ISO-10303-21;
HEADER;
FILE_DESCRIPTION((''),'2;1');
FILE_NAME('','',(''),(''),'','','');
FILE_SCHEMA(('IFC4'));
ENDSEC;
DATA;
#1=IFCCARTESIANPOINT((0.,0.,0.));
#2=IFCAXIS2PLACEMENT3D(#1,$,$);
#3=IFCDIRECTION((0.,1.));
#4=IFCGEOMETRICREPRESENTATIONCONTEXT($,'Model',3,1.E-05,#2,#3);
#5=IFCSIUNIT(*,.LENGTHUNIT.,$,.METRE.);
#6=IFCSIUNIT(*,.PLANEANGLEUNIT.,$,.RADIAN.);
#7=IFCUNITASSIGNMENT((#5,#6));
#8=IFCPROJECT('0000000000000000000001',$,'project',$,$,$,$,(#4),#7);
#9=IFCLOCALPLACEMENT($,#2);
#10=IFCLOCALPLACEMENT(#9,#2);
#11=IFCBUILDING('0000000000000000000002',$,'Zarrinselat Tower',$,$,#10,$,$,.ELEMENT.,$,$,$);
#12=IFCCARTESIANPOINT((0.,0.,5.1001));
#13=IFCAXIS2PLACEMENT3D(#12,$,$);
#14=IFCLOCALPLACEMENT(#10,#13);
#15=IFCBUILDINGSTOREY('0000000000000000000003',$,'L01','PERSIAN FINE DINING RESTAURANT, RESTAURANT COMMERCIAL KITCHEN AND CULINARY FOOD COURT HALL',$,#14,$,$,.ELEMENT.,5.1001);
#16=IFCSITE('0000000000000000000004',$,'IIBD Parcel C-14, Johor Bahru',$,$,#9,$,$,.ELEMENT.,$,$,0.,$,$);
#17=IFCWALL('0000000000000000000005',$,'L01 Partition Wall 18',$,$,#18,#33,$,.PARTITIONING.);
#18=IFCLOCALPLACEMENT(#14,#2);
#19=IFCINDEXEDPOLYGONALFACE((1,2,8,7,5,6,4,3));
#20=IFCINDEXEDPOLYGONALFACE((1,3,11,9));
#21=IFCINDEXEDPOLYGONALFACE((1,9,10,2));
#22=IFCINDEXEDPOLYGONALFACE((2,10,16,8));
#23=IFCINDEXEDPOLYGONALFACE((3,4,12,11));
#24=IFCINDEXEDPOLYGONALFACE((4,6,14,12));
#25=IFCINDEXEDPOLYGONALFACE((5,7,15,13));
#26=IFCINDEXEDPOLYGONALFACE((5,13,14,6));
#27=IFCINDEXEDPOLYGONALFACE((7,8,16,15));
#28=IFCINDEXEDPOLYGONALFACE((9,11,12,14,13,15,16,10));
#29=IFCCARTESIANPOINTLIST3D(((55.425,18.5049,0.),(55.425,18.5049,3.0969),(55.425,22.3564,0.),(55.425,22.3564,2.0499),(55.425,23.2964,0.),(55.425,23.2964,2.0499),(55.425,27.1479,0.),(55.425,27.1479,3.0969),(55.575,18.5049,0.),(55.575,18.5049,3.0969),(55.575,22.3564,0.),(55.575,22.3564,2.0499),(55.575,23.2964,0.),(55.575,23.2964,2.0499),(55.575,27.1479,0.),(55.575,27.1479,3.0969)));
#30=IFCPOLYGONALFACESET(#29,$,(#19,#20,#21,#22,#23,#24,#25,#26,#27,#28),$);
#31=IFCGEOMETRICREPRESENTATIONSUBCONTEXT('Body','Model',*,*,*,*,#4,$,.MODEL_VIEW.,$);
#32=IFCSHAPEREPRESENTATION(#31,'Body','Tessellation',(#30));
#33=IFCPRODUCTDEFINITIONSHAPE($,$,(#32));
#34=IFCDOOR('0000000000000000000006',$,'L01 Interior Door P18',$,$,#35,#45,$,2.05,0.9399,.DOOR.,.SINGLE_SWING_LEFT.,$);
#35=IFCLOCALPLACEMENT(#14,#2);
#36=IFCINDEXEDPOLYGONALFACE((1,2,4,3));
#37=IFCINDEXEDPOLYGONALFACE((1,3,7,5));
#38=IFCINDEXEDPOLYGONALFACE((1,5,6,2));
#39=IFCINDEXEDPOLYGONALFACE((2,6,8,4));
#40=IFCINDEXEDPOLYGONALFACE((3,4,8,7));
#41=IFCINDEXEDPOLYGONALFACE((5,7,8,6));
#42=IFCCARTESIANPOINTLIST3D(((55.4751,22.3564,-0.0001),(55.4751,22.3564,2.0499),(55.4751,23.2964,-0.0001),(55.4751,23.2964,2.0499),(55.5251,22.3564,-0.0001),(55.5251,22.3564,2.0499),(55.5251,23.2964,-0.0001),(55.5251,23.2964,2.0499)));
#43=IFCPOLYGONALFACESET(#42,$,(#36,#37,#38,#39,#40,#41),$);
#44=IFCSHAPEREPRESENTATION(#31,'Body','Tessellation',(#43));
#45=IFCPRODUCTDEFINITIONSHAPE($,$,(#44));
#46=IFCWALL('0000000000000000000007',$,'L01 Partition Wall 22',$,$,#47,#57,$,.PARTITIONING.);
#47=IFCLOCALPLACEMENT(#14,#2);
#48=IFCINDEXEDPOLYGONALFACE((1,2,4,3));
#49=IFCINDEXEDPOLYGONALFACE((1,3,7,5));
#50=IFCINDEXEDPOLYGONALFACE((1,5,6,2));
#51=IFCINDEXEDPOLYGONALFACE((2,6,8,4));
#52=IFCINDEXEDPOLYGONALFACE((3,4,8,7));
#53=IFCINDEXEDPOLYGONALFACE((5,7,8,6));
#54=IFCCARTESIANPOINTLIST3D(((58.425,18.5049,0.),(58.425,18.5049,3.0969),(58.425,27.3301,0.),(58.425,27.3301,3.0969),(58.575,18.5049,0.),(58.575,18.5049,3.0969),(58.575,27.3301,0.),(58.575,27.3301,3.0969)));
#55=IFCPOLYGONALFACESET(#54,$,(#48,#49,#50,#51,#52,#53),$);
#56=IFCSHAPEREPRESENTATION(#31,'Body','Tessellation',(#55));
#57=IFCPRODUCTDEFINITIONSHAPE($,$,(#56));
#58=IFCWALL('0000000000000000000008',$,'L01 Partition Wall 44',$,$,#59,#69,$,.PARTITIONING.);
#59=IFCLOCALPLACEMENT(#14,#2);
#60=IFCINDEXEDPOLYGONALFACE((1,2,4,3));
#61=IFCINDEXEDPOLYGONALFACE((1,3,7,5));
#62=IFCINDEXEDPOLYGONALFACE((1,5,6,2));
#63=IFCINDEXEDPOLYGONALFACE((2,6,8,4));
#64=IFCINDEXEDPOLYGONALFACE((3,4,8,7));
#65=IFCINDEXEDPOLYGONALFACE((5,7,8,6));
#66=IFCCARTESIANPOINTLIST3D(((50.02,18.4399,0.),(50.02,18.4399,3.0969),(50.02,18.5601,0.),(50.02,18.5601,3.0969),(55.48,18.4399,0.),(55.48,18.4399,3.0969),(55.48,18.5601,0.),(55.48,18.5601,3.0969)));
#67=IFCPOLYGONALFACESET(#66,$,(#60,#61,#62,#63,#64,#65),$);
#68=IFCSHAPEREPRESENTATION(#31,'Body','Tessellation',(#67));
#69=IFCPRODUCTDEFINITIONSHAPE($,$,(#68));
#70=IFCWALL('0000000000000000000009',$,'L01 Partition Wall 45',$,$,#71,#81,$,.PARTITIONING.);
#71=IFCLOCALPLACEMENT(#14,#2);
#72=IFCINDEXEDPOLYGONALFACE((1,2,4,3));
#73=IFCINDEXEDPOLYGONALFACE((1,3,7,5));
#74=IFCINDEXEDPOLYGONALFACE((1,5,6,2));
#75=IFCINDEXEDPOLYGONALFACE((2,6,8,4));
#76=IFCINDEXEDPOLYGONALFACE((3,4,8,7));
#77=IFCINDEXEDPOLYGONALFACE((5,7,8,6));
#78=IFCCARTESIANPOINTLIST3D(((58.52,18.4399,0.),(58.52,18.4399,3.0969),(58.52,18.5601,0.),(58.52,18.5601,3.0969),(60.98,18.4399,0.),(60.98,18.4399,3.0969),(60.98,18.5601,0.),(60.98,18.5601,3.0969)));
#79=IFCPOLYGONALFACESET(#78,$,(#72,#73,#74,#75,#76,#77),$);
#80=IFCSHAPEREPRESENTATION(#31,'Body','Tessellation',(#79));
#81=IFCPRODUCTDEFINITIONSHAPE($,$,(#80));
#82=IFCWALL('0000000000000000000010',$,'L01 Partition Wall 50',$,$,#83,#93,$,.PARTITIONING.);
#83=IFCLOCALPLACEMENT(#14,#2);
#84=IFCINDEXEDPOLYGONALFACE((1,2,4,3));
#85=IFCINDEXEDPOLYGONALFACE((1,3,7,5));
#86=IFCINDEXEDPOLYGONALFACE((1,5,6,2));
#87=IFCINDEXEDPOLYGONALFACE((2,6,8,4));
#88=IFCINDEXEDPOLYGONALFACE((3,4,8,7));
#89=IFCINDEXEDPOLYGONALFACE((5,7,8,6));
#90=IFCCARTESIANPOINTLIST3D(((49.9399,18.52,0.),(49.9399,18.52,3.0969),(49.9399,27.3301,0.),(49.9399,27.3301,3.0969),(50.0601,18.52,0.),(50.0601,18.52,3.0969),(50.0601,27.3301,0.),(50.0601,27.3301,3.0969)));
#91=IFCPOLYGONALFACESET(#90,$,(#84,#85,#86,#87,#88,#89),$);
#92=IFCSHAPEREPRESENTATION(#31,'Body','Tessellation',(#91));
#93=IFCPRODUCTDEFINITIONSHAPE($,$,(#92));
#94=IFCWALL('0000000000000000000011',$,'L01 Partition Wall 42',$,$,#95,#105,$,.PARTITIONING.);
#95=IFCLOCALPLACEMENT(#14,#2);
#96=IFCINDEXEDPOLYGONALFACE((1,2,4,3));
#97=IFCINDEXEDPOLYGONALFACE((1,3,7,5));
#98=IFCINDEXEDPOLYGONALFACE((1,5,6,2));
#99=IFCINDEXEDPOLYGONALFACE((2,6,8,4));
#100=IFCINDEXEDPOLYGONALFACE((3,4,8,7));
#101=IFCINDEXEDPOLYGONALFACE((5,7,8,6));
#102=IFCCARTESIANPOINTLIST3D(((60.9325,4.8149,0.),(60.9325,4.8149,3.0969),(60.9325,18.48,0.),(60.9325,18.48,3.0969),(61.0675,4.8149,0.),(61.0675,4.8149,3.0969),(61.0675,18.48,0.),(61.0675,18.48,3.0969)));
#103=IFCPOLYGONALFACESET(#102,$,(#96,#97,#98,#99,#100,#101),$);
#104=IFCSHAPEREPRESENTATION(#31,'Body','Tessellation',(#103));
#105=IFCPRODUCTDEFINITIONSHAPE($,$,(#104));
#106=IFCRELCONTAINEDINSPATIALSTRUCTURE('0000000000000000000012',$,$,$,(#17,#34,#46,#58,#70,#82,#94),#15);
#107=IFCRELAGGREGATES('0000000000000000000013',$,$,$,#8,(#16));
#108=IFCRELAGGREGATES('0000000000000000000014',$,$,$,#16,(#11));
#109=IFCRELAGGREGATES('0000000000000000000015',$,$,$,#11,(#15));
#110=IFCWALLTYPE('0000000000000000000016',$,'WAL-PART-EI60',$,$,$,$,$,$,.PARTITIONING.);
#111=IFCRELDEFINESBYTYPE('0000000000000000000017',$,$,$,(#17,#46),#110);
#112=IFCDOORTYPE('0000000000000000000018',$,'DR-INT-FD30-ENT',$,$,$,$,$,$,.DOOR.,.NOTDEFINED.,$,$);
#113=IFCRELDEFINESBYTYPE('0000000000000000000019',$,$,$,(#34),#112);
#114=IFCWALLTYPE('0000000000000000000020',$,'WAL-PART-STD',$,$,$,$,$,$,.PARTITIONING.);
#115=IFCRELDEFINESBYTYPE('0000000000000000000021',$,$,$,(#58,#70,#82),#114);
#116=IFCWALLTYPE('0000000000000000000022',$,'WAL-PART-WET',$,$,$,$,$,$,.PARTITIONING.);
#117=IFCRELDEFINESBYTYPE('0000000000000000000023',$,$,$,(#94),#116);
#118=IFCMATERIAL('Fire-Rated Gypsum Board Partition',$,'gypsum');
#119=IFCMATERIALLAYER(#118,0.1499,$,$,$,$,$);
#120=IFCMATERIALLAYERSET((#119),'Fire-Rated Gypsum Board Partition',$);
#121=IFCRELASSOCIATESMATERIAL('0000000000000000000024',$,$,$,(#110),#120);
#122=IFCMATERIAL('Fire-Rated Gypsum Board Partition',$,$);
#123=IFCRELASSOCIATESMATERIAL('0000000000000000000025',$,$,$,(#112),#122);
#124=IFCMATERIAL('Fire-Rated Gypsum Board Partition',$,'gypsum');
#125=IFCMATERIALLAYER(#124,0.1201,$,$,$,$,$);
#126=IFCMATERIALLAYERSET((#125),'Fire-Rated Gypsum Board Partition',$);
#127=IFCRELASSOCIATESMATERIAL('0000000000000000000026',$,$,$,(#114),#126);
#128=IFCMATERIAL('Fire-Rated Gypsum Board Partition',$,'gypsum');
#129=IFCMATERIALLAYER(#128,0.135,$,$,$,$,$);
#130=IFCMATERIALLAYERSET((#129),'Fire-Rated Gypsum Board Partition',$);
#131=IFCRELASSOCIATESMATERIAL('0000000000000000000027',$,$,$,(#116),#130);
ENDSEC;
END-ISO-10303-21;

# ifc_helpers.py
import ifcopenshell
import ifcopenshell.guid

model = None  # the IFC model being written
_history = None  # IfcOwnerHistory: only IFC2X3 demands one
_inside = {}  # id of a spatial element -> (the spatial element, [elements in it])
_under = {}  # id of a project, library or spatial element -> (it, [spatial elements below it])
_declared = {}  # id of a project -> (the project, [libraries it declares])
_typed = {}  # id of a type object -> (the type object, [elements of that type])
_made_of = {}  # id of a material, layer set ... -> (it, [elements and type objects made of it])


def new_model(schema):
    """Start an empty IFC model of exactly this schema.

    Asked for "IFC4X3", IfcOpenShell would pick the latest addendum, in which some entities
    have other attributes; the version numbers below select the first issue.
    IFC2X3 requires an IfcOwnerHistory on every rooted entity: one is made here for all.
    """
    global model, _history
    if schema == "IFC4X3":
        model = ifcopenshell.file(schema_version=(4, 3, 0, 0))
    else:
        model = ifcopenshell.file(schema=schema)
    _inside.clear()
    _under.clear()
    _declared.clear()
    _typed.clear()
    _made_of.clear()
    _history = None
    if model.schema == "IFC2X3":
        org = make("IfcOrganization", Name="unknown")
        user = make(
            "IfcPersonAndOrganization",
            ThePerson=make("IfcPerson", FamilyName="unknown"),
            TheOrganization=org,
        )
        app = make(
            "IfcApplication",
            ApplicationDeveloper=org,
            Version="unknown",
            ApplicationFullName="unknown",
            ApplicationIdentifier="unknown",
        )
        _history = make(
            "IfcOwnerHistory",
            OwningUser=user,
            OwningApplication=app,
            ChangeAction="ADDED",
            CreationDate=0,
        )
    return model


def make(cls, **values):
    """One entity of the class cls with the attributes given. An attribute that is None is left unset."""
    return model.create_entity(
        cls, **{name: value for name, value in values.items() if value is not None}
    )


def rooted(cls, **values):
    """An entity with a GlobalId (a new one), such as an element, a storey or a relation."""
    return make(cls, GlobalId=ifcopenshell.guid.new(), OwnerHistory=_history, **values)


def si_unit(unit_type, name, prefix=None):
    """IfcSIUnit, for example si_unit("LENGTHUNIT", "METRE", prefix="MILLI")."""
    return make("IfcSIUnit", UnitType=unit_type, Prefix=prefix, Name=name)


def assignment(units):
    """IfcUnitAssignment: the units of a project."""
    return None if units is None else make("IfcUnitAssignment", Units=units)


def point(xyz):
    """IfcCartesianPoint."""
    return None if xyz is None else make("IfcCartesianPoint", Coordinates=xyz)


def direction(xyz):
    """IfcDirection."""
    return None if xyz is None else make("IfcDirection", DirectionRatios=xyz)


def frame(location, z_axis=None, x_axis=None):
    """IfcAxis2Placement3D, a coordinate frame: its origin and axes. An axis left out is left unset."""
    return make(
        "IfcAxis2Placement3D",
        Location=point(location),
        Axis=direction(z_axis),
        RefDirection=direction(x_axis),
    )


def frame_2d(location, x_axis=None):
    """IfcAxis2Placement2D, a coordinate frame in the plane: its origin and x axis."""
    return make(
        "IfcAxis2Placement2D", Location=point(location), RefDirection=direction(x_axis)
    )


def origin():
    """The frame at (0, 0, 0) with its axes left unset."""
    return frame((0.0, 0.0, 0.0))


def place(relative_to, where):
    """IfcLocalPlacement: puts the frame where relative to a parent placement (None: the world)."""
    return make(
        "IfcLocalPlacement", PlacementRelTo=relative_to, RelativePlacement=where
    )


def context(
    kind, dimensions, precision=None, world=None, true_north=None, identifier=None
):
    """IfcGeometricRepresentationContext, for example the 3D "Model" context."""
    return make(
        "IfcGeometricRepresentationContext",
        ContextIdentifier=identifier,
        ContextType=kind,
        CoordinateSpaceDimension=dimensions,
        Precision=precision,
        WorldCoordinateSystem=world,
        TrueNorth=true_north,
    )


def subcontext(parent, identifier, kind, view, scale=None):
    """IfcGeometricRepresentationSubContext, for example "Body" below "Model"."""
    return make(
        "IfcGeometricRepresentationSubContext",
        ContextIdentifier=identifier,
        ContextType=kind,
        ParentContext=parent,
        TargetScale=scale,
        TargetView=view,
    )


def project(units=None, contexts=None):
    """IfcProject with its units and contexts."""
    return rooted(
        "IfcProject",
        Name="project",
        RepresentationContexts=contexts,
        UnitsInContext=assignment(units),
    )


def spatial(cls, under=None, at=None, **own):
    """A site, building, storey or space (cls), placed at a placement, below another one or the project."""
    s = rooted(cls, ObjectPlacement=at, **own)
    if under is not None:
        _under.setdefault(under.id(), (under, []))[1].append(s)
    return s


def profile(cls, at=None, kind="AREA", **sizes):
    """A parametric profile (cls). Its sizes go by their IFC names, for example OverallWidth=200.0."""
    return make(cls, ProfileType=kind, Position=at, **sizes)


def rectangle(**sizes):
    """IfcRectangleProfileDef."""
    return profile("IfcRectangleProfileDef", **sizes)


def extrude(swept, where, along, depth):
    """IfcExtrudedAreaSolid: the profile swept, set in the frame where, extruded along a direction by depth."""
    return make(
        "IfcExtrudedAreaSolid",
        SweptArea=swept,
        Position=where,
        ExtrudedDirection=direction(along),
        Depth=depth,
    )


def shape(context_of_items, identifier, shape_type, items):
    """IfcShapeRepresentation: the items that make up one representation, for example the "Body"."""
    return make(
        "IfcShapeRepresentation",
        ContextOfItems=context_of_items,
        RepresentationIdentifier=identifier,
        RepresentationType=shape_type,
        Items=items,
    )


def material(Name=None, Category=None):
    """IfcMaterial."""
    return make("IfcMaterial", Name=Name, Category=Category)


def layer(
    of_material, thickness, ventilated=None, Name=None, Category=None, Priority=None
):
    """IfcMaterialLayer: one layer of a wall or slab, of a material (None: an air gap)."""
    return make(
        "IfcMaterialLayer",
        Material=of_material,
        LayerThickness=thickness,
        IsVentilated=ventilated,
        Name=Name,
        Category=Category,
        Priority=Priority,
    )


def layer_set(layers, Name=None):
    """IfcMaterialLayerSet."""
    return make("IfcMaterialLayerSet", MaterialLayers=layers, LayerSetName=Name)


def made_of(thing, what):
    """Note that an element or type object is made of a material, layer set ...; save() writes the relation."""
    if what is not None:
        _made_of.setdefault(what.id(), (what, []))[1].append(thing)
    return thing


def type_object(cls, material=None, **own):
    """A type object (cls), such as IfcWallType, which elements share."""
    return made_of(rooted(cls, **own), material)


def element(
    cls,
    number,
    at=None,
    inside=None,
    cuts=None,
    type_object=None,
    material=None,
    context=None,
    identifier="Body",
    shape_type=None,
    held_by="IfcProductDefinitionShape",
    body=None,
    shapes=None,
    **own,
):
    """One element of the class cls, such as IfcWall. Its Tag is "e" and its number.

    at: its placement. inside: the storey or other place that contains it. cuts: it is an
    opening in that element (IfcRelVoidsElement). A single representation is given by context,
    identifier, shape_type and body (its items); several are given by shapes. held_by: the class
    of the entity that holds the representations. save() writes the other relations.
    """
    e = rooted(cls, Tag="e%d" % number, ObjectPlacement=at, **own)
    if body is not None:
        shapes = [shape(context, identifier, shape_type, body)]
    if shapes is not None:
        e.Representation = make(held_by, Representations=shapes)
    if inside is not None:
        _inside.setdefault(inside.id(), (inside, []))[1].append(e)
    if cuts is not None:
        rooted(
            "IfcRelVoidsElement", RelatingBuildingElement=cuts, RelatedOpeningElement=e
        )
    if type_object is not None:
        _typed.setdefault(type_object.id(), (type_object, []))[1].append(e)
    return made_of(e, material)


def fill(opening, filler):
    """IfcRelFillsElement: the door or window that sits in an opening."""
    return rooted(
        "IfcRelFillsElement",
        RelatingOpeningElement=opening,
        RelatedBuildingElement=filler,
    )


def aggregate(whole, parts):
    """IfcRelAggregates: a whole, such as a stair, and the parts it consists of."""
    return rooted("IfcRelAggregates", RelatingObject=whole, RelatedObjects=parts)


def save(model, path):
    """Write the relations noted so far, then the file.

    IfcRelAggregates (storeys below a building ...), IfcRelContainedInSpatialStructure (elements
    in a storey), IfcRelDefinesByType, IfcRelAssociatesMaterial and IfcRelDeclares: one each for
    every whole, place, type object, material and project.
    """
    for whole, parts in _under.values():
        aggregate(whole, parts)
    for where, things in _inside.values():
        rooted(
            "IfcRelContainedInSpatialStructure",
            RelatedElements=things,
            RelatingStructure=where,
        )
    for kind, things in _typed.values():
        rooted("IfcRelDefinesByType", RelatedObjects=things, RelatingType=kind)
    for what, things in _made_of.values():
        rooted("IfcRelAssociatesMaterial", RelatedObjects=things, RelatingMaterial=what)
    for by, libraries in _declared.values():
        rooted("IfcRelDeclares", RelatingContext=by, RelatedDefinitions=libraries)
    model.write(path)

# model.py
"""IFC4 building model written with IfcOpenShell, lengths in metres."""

from ifc_helpers import new_model, si_unit, direction, frame, frame_2d, origin, place, context, subcontext, project, spatial, rectangle, extrude, material, layer, layer_set, type_object, element, fill, save


model = new_model("IFC4")

# Units and contexts
model_context = context("Model", 3, precision=1e-05, world=origin(), true_north=direction((0.0, 1.0)))
body_context = subcontext(model_context, "Body", "Model", "MODEL_VIEW")
ifc_project = project(units=[si_unit("LENGTHUNIT", "METRE"), si_unit("PLANEANGLEUNIT", "RADIAN")], contexts=[model_context])

# Site, building, storey
site_placement = place(None, origin())
site = spatial("IfcSite", under=ifc_project, at=site_placement, Name="IIBD Parcel C-14, Johor Bahru", CompositionType="ELEMENT", RefElevation=0.0)
building_placement = place(site_placement, origin())
building = spatial("IfcBuilding", under=site, at=building_placement, Name="Zarrinselat Tower", CompositionType="ELEMENT")
storey_placement = place(building_placement, frame((0.0, 0.0, 5.1001)))
storey = spatial("IfcBuildingStorey", under=building, at=storey_placement, Name="L01", Description="PERSIAN FINE DINING RESTAURANT, RESTAURANT COMMERCIAL KITCHEN AND CULINARY FOOD COURT HALL", CompositionType="ELEMENT", Elevation=5.1001)

# Shared definitions
ifc_material_1 = material(Name="Fire-Rated Gypsum Board Partition", Category="gypsum")
ifc_layer_1 = layer(ifc_material_1, 0.1499)
ifc_layer_set_1 = layer_set([ifc_layer_1], Name="Fire-Rated Gypsum Board Partition")
wall_type_1 = type_object("IfcWallType", Name="WAL-PART-EI60", PredefinedType="PARTITIONING", material=ifc_layer_set_1)
ifc_material_2 = material(Name="Fire-Rated Gypsum Board Partition")
door_type = type_object("IfcDoorType", Name="DR-INT-FD30-ENT", OperationType="NOTDEFINED", PredefinedType="DOOR", material=ifc_material_2)

# Wall, opening, door
wall_1_placement = place(storey_placement, frame((55.5, 18.5049, 0.0), z_axis=(0.0, 0.0, 1.0), x_axis=(0.0, 1.0, 0.0)))
wall_1 = element("IfcWall", 1, at=wall_1_placement, inside=storey, type_object=wall_type_1, Name="L01 Partition Wall 18", PredefinedType="PARTITIONING", context=body_context, shape_type="SweptSolid", body=[
    extrude(rectangle(XDim=8.6431, YDim=0.1499, at=frame_2d((4.3215, 0.0))), origin(), (0.0, 0.0, 1.0), 3.0969),
])
opening_1_placement = place(wall_1_placement, frame((3.8516, 0.0, 0.0)))
opening_1 = element("IfcOpeningElement", 2, at=opening_1_placement, cuts=wall_1, PredefinedType="OPENING", context=body_context, shape_type="SweptSolid", body=[
    extrude(rectangle(XDim=0.9399, YDim=2.05, at=frame_2d((0.47, 1.0249))), frame((0.0, 0.085, 0.0), z_axis=(0.0, -1.0, 0.0), x_axis=(1.0, 0.0, 0.0)), (0.0, 0.0, 1.0), 0.1699),
])
door_1_placement = place(opening_1_placement, origin())
door_1 = element("IfcDoor", 3, at=door_1_placement, inside=storey, type_object=door_type, Name="L01 Interior Door P18", OperationType="SINGLE_SWING_LEFT", OverallHeight=2.05, OverallWidth=0.9399, PredefinedType="DOOR", context=body_context, shape_type="SweptSolid", body=[
    extrude(rectangle(XDim=0.9399, YDim=2.05, at=frame_2d((0.47, 1.0249))), frame((0.0, 0.0249, 0.0), z_axis=(0.0, -1.0, 0.0), x_axis=(1.0, 0.0, 0.0)), (0.0, 0.0, 1.0), 0.05),
])
fill(opening_1, door_1)

# Walls
wall_2_placement = place(storey_placement, frame((58.5, 18.5049, 0.0), z_axis=(0.0, 0.0, 1.0), x_axis=(0.0, 1.0, 0.0)))
element("IfcWall", 4, at=wall_2_placement, inside=storey, type_object=wall_type_1, Name="L01 Partition Wall 22", PredefinedType="PARTITIONING", context=body_context, shape_type="SweptSolid", body=[
    extrude(rectangle(XDim=8.8252, YDim=0.1499, at=frame_2d((4.4126, 0.0))), origin(), (0.0, 0.0, 1.0), 3.0969),
])
ifc_material_3 = material(Name="Fire-Rated Gypsum Board Partition", Category="gypsum")
ifc_layer_2 = layer(ifc_material_3, 0.1201)
ifc_layer_set_2 = layer_set([ifc_layer_2], Name="Fire-Rated Gypsum Board Partition")
wall_type_2 = type_object("IfcWallType", Name="WAL-PART-STD", PredefinedType="PARTITIONING", material=ifc_layer_set_2)
wall_3_placement = place(storey_placement, frame((50.02, 18.5, 0.0), z_axis=(0.0, 0.0, 1.0), x_axis=(1.0, 0.0, 0.0)))
element("IfcWall", 5, at=wall_3_placement, inside=storey, type_object=wall_type_2, Name="L01 Partition Wall 44", PredefinedType="PARTITIONING", context=body_context, shape_type="SweptSolid", body=[
    extrude(rectangle(XDim=5.46, YDim=0.1201, at=frame_2d((2.73, 0.0))), origin(), (0.0, 0.0, 1.0), 3.0969),
])
wall_4_placement = place(storey_placement, frame((58.52, 18.5, 0.0), z_axis=(0.0, 0.0, 1.0), x_axis=(1.0, 0.0, 0.0)))
element("IfcWall", 6, at=wall_4_placement, inside=storey, type_object=wall_type_2, Name="L01 Partition Wall 45", PredefinedType="PARTITIONING", context=body_context, shape_type="SweptSolid", body=[
    extrude(rectangle(XDim=2.46, YDim=0.1201, at=frame_2d((1.23, 0.0))), origin(), (0.0, 0.0, 1.0), 3.0969),
])
wall_5_placement = place(storey_placement, frame((50.0, 18.52, 0.0), z_axis=(0.0, 0.0, 1.0), x_axis=(0.0, 1.0, 0.0)))
element("IfcWall", 7, at=wall_5_placement, inside=storey, type_object=wall_type_2, Name="L01 Partition Wall 50", PredefinedType="PARTITIONING", context=body_context, shape_type="SweptSolid", body=[
    extrude(rectangle(XDim=8.8101, YDim=0.1201, at=frame_2d((4.405, 0.0))), origin(), (0.0, 0.0, 1.0), 3.0969),
])
ifc_material_4 = material(Name="Fire-Rated Gypsum Board Partition", Category="gypsum")
ifc_layer_3 = layer(ifc_material_4, 0.135)
ifc_layer_set_3 = layer_set([ifc_layer_3], Name="Fire-Rated Gypsum Board Partition")
wall_type_3 = type_object("IfcWallType", Name="WAL-PART-WET", PredefinedType="PARTITIONING", material=ifc_layer_set_3)
wall_6_placement = place(storey_placement, frame((61.0, 4.8149, 0.0), z_axis=(0.0, 0.0, 1.0), x_axis=(0.0, 1.0, 0.0)))
element("IfcWall", 8, at=wall_6_placement, inside=storey, type_object=wall_type_3, Name="L01 Partition Wall 42", PredefinedType="PARTITIONING", context=body_context, shape_type="SweptSolid", body=[
    extrude(rectangle(XDim=13.665, YDim=0.135, at=frame_2d((6.8325, 0.0))), origin(), (0.0, 0.0, 1.0), 3.0969),
])

save(model, "model.ifc")
